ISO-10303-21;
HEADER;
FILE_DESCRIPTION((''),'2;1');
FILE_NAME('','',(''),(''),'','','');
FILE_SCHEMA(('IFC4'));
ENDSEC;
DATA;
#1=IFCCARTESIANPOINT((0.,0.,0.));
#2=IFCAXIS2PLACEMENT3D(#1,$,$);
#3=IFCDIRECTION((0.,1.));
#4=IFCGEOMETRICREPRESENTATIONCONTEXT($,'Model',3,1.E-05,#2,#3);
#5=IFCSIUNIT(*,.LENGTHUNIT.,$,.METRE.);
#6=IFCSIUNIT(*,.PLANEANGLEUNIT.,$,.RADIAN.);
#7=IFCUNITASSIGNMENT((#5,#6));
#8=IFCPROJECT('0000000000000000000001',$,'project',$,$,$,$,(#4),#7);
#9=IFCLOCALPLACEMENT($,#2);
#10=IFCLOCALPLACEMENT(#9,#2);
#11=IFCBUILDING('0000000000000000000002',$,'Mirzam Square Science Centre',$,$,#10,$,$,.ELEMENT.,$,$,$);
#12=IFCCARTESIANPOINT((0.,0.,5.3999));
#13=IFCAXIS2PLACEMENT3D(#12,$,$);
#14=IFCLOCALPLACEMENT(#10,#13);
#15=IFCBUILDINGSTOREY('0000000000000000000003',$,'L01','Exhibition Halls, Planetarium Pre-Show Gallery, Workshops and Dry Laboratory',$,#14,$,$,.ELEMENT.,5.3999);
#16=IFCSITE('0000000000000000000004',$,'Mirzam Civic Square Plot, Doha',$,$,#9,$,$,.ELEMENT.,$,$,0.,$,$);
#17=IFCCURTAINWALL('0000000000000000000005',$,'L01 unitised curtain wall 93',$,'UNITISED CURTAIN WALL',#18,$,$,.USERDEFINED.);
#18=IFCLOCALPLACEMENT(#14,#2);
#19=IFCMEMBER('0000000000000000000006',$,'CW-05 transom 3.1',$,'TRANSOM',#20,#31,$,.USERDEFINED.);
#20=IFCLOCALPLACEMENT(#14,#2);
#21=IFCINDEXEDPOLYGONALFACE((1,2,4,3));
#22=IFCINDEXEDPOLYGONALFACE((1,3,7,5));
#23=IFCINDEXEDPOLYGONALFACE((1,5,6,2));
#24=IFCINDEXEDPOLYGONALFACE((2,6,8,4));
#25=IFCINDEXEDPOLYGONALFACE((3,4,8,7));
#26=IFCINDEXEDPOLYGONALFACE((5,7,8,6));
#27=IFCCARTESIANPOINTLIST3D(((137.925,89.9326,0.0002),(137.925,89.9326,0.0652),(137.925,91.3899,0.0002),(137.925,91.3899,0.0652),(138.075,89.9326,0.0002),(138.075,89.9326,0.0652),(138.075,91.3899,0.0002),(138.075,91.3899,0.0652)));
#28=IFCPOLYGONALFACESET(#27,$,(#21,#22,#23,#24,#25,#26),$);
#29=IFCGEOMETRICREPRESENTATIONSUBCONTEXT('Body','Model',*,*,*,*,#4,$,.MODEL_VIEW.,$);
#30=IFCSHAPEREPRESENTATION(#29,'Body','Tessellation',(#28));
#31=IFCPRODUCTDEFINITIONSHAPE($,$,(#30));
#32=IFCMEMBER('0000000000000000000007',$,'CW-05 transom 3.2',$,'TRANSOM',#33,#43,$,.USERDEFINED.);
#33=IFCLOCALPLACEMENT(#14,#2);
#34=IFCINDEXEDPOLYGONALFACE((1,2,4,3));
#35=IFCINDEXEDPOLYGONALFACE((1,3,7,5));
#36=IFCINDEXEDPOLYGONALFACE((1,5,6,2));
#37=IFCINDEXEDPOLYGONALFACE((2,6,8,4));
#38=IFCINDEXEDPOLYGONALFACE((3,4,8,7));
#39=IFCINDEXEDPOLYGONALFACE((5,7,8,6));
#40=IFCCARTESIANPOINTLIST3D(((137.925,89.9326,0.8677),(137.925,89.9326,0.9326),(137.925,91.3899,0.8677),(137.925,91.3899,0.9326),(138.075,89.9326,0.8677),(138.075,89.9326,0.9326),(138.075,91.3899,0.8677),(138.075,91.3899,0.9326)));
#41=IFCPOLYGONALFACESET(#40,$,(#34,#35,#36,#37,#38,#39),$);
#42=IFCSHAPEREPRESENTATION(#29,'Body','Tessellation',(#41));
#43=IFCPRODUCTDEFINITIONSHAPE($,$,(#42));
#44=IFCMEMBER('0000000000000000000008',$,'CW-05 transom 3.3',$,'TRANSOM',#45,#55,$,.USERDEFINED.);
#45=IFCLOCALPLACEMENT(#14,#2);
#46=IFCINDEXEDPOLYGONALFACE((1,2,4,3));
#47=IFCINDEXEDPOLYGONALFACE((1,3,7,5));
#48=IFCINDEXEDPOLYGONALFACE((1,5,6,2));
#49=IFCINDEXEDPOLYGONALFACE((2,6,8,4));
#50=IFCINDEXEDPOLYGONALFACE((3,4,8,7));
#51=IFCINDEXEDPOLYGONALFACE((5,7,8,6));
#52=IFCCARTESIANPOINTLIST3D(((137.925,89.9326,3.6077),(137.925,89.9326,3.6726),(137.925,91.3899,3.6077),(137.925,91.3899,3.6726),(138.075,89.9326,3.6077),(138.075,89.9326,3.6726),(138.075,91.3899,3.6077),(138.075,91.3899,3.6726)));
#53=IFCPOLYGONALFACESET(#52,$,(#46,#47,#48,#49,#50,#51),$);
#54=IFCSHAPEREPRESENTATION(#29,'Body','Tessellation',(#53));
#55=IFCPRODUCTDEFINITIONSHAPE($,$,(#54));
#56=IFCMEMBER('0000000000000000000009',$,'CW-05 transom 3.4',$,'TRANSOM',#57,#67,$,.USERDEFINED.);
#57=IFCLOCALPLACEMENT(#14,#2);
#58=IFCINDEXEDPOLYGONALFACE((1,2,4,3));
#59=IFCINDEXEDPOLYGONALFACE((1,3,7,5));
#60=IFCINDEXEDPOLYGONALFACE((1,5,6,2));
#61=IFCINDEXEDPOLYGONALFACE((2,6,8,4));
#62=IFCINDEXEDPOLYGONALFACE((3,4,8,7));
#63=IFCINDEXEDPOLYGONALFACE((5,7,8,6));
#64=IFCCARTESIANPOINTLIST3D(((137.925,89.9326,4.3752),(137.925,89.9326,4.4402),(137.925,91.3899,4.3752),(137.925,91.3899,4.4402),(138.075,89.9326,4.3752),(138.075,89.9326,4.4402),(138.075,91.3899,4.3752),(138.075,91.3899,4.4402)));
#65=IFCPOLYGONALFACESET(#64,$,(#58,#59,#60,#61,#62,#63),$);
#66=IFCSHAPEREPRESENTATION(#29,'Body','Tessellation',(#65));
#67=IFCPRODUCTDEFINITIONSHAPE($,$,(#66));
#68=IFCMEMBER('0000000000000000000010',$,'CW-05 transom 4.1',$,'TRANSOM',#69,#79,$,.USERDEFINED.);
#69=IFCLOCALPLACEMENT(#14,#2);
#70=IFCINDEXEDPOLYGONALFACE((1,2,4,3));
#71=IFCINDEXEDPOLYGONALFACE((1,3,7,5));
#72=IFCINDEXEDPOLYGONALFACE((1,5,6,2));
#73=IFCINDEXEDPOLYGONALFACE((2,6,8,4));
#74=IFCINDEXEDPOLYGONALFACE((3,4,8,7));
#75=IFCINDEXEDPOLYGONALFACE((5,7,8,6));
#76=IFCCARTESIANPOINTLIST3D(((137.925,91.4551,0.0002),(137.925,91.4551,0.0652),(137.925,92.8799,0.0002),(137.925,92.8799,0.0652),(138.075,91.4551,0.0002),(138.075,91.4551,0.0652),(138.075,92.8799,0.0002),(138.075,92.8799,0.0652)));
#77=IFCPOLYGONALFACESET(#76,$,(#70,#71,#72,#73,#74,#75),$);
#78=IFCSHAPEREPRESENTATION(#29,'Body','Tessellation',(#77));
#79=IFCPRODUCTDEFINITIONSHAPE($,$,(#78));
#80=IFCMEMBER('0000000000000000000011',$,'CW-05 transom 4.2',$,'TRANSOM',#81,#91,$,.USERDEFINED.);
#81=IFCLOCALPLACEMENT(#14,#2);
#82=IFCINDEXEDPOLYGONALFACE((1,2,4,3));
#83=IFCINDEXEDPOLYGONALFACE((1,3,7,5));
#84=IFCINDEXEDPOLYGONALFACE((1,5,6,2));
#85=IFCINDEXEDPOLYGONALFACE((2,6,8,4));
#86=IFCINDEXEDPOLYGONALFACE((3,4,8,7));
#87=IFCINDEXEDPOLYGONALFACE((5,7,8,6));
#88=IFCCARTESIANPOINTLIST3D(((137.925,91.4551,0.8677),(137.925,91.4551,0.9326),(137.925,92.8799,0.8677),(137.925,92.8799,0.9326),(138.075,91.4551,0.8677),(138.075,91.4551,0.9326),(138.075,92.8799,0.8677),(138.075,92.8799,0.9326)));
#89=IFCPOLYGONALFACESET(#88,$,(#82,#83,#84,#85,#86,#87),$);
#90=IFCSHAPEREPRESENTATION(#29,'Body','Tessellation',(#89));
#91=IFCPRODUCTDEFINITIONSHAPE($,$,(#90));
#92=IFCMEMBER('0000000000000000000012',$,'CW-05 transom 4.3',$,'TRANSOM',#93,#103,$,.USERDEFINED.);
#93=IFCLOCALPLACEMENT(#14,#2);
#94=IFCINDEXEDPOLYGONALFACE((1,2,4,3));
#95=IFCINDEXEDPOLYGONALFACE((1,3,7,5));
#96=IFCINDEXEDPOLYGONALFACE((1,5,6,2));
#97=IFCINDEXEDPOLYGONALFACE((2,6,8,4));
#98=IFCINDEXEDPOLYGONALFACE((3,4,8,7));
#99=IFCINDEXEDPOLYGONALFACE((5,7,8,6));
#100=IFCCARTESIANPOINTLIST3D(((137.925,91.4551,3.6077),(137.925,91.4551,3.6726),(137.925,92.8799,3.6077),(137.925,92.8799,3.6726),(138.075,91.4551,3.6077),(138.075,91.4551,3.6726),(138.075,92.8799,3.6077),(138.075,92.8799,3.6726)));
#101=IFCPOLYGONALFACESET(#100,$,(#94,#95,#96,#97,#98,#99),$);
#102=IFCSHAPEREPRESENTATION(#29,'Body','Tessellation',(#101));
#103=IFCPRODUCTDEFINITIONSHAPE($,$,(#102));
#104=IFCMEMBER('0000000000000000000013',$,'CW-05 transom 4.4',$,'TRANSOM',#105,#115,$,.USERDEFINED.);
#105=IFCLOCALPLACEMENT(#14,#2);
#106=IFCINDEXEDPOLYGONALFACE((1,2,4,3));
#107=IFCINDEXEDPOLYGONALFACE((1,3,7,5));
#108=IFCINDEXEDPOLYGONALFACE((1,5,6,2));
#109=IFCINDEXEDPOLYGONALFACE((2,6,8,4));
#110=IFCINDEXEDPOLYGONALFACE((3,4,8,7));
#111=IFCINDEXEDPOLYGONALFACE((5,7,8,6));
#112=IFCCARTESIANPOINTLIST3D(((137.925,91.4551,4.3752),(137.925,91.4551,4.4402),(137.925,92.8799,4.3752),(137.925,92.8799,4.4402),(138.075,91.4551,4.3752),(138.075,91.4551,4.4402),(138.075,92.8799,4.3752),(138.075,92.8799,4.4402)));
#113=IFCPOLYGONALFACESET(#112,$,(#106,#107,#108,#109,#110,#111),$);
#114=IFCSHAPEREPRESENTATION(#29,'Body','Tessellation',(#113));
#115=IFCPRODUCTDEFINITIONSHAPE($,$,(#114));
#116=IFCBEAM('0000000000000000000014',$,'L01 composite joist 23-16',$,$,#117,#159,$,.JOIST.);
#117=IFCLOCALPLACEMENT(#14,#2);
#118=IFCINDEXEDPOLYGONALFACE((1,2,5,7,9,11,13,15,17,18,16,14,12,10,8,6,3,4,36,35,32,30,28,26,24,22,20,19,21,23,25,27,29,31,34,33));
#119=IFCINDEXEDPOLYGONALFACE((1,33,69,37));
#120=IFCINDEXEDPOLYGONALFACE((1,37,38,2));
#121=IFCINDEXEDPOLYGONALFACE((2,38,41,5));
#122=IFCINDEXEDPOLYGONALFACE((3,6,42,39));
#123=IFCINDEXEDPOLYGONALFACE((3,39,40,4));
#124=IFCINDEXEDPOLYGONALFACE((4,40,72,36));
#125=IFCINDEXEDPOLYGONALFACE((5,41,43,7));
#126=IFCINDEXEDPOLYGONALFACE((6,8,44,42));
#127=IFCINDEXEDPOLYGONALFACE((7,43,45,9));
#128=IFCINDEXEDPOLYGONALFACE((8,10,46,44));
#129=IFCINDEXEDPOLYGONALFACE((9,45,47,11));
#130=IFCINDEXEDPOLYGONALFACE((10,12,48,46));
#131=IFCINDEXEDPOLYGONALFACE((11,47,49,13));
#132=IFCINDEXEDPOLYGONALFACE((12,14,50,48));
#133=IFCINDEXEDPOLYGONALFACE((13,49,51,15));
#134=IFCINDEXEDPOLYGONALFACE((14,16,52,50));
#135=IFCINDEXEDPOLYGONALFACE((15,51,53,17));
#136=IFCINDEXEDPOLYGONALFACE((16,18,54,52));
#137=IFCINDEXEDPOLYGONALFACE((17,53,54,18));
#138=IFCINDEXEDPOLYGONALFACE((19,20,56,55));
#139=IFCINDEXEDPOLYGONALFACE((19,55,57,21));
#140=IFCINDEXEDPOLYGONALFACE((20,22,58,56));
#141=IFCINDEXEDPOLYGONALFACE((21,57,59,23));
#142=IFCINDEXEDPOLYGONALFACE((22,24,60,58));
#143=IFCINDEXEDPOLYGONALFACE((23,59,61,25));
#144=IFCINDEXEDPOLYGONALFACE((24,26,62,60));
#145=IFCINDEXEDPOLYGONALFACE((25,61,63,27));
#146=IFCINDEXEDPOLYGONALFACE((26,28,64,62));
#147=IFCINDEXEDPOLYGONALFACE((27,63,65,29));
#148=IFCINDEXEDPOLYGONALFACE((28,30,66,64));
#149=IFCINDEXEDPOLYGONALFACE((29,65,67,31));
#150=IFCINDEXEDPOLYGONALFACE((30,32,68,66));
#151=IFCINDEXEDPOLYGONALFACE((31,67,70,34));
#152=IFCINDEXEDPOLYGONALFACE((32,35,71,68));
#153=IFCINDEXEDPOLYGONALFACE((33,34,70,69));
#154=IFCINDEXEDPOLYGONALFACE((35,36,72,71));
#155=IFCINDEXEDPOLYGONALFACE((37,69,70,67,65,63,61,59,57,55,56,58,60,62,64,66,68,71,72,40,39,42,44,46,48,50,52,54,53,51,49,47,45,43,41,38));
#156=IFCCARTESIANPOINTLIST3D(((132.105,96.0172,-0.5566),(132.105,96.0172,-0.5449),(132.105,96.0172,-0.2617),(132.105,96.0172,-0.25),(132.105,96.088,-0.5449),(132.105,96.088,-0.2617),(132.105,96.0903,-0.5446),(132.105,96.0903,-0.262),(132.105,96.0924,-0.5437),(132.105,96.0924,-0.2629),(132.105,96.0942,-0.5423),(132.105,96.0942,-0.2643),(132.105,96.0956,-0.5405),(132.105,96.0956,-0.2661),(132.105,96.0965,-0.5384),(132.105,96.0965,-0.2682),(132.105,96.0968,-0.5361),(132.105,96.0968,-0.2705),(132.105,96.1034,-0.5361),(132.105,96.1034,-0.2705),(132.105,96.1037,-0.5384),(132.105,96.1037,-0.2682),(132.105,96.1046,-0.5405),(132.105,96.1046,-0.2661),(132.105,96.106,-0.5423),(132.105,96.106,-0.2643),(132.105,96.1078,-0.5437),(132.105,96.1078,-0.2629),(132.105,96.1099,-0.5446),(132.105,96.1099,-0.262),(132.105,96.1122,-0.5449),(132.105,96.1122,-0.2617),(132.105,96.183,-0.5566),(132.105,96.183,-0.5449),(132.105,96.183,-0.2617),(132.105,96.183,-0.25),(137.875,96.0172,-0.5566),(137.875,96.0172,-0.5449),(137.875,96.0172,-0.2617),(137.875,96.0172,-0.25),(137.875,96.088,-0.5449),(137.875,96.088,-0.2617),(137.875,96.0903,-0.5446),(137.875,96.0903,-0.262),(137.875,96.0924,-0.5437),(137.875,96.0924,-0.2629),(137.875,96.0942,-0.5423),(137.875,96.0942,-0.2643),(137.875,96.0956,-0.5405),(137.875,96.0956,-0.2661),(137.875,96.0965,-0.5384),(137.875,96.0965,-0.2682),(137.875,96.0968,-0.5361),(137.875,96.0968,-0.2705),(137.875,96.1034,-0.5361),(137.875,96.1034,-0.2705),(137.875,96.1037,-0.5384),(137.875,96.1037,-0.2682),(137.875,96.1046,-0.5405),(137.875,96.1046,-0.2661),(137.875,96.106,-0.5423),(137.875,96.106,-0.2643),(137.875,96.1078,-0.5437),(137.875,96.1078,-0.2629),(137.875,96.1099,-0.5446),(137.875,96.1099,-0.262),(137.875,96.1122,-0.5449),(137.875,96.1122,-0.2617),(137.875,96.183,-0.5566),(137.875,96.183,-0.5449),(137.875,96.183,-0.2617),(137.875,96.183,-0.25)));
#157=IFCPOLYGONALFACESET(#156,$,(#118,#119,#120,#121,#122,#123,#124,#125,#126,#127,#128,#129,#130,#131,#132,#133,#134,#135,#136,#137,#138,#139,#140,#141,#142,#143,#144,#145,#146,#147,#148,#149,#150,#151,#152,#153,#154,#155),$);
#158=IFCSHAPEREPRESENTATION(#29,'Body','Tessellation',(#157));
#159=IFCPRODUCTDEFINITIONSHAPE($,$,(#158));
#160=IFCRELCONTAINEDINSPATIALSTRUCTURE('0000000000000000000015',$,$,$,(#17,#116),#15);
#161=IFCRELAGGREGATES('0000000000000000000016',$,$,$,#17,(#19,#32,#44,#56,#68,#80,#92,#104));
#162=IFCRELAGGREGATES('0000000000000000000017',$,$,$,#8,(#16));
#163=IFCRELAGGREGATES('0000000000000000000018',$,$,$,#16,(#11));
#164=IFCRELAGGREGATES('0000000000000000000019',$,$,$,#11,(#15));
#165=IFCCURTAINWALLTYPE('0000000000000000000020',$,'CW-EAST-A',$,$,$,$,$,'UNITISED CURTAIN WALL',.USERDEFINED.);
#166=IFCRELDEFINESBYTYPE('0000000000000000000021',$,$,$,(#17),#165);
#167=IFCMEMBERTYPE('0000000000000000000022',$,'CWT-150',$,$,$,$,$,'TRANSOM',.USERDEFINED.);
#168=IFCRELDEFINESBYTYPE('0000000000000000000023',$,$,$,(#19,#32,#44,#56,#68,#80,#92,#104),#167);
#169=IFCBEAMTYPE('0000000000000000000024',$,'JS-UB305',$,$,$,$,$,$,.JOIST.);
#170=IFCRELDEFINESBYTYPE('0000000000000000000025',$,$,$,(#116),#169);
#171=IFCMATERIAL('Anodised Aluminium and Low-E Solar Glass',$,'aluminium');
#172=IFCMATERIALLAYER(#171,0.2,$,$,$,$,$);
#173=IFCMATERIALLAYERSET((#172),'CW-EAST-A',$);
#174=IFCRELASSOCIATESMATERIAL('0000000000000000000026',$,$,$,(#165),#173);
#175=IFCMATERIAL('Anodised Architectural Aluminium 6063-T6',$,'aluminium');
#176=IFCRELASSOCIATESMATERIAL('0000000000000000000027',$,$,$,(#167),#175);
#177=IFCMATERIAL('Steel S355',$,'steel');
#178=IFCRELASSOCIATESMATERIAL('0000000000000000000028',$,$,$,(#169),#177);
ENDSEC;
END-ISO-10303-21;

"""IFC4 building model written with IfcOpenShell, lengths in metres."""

from ifc_helpers import new_model, si_unit, direction, frame, origin, origin_2d, place, context, subcontext, project, spatial, rectangle, i_section, extrude, material, layer, layer_set, material_profile, profile_set, type_object, element, aggregate, save


model = new_model("IFC4")

# Units and contexts
model_context = context("Model", 3, precision=1e-05, world=origin(), true_north=direction((0.0, 1.0)))
body_context = subcontext(model_context, "Body", "Model", "MODEL_VIEW")
ifc_project = project(units=[si_unit("LENGTHUNIT", "METRE"), si_unit("PLANEANGLEUNIT", "RADIAN")], contexts=[model_context])

# Site, building, storey
site_placement = place(None, origin())
site = spatial("IfcSite", under=ifc_project, at=site_placement, Name="Mirzam Civic Square Plot, Doha", CompositionType="ELEMENT", RefElevation=0.0)
building_placement = place(site_placement, origin())
building = spatial("IfcBuilding", under=site, at=building_placement, Name="Mirzam Square Science Centre", CompositionType="ELEMENT")
storey_placement = place(building_placement, frame((0.0, 0.0, 5.3999)))
storey = spatial("IfcBuildingStorey", under=building, at=storey_placement, Name="L01", Description="Exhibition Halls, Planetarium Pre-Show Gallery, Workshops and Dry Laboratory", CompositionType="ELEMENT", Elevation=5.3999)

# Shared definitions
ifc_material_1 = material(Name="Steel S355", Category="steel")

# Curtain wall, members
ifc_material_2 = material(Name="Anodised Aluminium and Low-E Solar Glass", Category="aluminium")
ifc_layer_1 = layer(ifc_material_2, 0.2)
ifc_layer_set_1 = layer_set([ifc_layer_1], Name="CW-EAST-A")
curtain_wall_type = type_object("IfcCurtainWallType", Name="CW-EAST-A", ElementType="UNITISED CURTAIN WALL", PredefinedType="USERDEFINED", material=ifc_layer_set_1)
curtain_wall_placement = place(storey_placement, origin())
curtain_wall = element("IfcCurtainWall", 1, at=curtain_wall_placement, inside=storey, type_object=curtain_wall_type, Name="L01 unitised curtain wall 93", ObjectType="UNITISED CURTAIN WALL", PredefinedType="USERDEFINED")
ifc_material_3 = material(Name="Anodised Architectural Aluminium 6063-T6", Category="aluminium")
ifc_material_profile_1 = material_profile(ifc_material_3, rectangle(XDim=0.1499, YDim=0.0649, at=origin_2d()), Name="ALU-TRAN-150x65x4")
ifc_profile_set_1 = profile_set([ifc_material_profile_1], Name="Anodised Architectural Aluminium 6063-T6")
member_type_1 = type_object("IfcMemberType", Name="CWT-150", ElementType="TRANSOM", PredefinedType="USERDEFINED", material=ifc_profile_set_1)
member_1_placement = place(storey_placement, frame((138.0, 89.9326, 0.0327), z_axis=(0.0, 1.0, 0.0), x_axis=(-1.0, 0.0, 0.0)))
member_1 = element("IfcMember", 2, at=member_1_placement, type_object=member_type_1, Name="CW-05 transom 3.1", ObjectType="TRANSOM", PredefinedType="USERDEFINED", context=body_context, shape_type="SweptSolid", body=[
    extrude(rectangle(XDim=0.1499, YDim=0.0649, at=origin_2d()), origin(), (0.0, 0.0, 1.0), 1.4573),
])
member_2_placement = place(storey_placement, frame((138.0, 89.9326, 0.9001), z_axis=(0.0, 1.0, 0.0), x_axis=(-1.0, 0.0, 0.0)))
member_2 = element("IfcMember", 3, at=member_2_placement, type_object=member_type_1, Name="CW-05 transom 3.2", ObjectType="TRANSOM", PredefinedType="USERDEFINED", context=body_context, shape_type="SweptSolid", body=[
    extrude(rectangle(XDim=0.1499, YDim=0.0649, at=origin_2d()), origin(), (0.0, 0.0, 1.0), 1.4573),
])
member_3_placement = place(storey_placement, frame((138.0, 89.9326, 3.6401), z_axis=(0.0, 1.0, 0.0), x_axis=(-1.0, 0.0, 0.0)))
member_3 = element("IfcMember", 4, at=member_3_placement, type_object=member_type_1, Name="CW-05 transom 3.3", ObjectType="TRANSOM", PredefinedType="USERDEFINED", context=body_context, shape_type="SweptSolid", body=[
    extrude(rectangle(XDim=0.1499, YDim=0.0649, at=origin_2d()), origin(), (0.0, 0.0, 1.0), 1.4573),
])
member_4_placement = place(storey_placement, frame((138.0, 89.9326, 4.4077), z_axis=(0.0, 1.0, 0.0), x_axis=(-1.0, 0.0, 0.0)))
member_4 = element("IfcMember", 5, at=member_4_placement, type_object=member_type_1, Name="CW-05 transom 3.4", ObjectType="TRANSOM", PredefinedType="USERDEFINED", context=body_context, shape_type="SweptSolid", body=[
    extrude(rectangle(XDim=0.1499, YDim=0.0649, at=origin_2d()), origin(), (0.0, 0.0, 1.0), 1.4573),
])
member_5_placement = place(storey_placement, frame((138.0, 91.4551, 0.0327), z_axis=(0.0, 1.0, 0.0), x_axis=(-1.0, 0.0, 0.0)))
member_5 = element("IfcMember", 6, at=member_5_placement, type_object=member_type_1, Name="CW-05 transom 4.1", ObjectType="TRANSOM", PredefinedType="USERDEFINED", context=body_context, shape_type="SweptSolid", body=[
    extrude(rectangle(XDim=0.1499, YDim=0.0649, at=origin_2d()), origin(), (0.0, 0.0, 1.0), 1.4248),
])
member_6_placement = place(storey_placement, frame((138.0, 91.4551, 0.9001), z_axis=(0.0, 1.0, 0.0), x_axis=(-1.0, 0.0, 0.0)))
member_6 = element("IfcMember", 7, at=member_6_placement, type_object=member_type_1, Name="CW-05 transom 4.2", ObjectType="TRANSOM", PredefinedType="USERDEFINED", context=body_context, shape_type="SweptSolid", body=[
    extrude(rectangle(XDim=0.1499, YDim=0.0649, at=origin_2d()), origin(), (0.0, 0.0, 1.0), 1.4248),
])
member_7_placement = place(storey_placement, frame((138.0, 91.4551, 3.6401), z_axis=(0.0, 1.0, 0.0), x_axis=(-1.0, 0.0, 0.0)))
member_7 = element("IfcMember", 8, at=member_7_placement, type_object=member_type_1, Name="CW-05 transom 4.3", ObjectType="TRANSOM", PredefinedType="USERDEFINED", context=body_context, shape_type="SweptSolid", body=[
    extrude(rectangle(XDim=0.1499, YDim=0.0649, at=origin_2d()), origin(), (0.0, 0.0, 1.0), 1.4248),
])
member_8_placement = place(storey_placement, frame((138.0, 91.4551, 4.4077), z_axis=(0.0, 1.0, 0.0), x_axis=(-1.0, 0.0, 0.0)))
member_8 = element("IfcMember", 9, at=member_8_placement, type_object=member_type_1, Name="CW-05 transom 4.4", ObjectType="TRANSOM", PredefinedType="USERDEFINED", context=body_context, shape_type="SweptSolid", body=[
    extrude(rectangle(XDim=0.1499, YDim=0.0649, at=origin_2d()), origin(), (0.0, 0.0, 1.0), 1.4248),
])

# Beam
ifc_material_profile_2 = material_profile(ifc_material_1, i_section(OverallWidth=0.1658, OverallDepth=0.3066, WebThickness=0.0066, FlangeThickness=0.0117, FilletRadius=0.0088, at=origin_2d()), Name="305x165x46UB")
ifc_profile_set_2 = profile_set([ifc_material_profile_2], Name="Steel S355")
beam_type_1 = type_object("IfcBeamType", Name="JS-UB305", PredefinedType="JOIST", material=ifc_profile_set_2)
beam_1_placement = place(storey_placement, frame((132.105, 96.1001, -0.4033), z_axis=(1.0, 0.0, 0.0), x_axis=(0.0, 1.0, 0.0)))
element("IfcBeam", 10, at=beam_1_placement, inside=storey, type_object=beam_type_1, Name="L01 composite joist 23-16", PredefinedType="JOIST", context=body_context, shape_type="SweptSolid", body=[
    extrude(i_section(OverallWidth=0.1658, OverallDepth=0.3066, WebThickness=0.0066, FlangeThickness=0.0117, FilletRadius=0.0088, at=origin_2d()), origin(), (0.0, 0.0, 1.0), 5.77),
])

aggregate(curtain_wall, [member_1, member_2, member_3, member_4, member_5, member_6, member_7, member_8])

save(model, "model.ifc")
